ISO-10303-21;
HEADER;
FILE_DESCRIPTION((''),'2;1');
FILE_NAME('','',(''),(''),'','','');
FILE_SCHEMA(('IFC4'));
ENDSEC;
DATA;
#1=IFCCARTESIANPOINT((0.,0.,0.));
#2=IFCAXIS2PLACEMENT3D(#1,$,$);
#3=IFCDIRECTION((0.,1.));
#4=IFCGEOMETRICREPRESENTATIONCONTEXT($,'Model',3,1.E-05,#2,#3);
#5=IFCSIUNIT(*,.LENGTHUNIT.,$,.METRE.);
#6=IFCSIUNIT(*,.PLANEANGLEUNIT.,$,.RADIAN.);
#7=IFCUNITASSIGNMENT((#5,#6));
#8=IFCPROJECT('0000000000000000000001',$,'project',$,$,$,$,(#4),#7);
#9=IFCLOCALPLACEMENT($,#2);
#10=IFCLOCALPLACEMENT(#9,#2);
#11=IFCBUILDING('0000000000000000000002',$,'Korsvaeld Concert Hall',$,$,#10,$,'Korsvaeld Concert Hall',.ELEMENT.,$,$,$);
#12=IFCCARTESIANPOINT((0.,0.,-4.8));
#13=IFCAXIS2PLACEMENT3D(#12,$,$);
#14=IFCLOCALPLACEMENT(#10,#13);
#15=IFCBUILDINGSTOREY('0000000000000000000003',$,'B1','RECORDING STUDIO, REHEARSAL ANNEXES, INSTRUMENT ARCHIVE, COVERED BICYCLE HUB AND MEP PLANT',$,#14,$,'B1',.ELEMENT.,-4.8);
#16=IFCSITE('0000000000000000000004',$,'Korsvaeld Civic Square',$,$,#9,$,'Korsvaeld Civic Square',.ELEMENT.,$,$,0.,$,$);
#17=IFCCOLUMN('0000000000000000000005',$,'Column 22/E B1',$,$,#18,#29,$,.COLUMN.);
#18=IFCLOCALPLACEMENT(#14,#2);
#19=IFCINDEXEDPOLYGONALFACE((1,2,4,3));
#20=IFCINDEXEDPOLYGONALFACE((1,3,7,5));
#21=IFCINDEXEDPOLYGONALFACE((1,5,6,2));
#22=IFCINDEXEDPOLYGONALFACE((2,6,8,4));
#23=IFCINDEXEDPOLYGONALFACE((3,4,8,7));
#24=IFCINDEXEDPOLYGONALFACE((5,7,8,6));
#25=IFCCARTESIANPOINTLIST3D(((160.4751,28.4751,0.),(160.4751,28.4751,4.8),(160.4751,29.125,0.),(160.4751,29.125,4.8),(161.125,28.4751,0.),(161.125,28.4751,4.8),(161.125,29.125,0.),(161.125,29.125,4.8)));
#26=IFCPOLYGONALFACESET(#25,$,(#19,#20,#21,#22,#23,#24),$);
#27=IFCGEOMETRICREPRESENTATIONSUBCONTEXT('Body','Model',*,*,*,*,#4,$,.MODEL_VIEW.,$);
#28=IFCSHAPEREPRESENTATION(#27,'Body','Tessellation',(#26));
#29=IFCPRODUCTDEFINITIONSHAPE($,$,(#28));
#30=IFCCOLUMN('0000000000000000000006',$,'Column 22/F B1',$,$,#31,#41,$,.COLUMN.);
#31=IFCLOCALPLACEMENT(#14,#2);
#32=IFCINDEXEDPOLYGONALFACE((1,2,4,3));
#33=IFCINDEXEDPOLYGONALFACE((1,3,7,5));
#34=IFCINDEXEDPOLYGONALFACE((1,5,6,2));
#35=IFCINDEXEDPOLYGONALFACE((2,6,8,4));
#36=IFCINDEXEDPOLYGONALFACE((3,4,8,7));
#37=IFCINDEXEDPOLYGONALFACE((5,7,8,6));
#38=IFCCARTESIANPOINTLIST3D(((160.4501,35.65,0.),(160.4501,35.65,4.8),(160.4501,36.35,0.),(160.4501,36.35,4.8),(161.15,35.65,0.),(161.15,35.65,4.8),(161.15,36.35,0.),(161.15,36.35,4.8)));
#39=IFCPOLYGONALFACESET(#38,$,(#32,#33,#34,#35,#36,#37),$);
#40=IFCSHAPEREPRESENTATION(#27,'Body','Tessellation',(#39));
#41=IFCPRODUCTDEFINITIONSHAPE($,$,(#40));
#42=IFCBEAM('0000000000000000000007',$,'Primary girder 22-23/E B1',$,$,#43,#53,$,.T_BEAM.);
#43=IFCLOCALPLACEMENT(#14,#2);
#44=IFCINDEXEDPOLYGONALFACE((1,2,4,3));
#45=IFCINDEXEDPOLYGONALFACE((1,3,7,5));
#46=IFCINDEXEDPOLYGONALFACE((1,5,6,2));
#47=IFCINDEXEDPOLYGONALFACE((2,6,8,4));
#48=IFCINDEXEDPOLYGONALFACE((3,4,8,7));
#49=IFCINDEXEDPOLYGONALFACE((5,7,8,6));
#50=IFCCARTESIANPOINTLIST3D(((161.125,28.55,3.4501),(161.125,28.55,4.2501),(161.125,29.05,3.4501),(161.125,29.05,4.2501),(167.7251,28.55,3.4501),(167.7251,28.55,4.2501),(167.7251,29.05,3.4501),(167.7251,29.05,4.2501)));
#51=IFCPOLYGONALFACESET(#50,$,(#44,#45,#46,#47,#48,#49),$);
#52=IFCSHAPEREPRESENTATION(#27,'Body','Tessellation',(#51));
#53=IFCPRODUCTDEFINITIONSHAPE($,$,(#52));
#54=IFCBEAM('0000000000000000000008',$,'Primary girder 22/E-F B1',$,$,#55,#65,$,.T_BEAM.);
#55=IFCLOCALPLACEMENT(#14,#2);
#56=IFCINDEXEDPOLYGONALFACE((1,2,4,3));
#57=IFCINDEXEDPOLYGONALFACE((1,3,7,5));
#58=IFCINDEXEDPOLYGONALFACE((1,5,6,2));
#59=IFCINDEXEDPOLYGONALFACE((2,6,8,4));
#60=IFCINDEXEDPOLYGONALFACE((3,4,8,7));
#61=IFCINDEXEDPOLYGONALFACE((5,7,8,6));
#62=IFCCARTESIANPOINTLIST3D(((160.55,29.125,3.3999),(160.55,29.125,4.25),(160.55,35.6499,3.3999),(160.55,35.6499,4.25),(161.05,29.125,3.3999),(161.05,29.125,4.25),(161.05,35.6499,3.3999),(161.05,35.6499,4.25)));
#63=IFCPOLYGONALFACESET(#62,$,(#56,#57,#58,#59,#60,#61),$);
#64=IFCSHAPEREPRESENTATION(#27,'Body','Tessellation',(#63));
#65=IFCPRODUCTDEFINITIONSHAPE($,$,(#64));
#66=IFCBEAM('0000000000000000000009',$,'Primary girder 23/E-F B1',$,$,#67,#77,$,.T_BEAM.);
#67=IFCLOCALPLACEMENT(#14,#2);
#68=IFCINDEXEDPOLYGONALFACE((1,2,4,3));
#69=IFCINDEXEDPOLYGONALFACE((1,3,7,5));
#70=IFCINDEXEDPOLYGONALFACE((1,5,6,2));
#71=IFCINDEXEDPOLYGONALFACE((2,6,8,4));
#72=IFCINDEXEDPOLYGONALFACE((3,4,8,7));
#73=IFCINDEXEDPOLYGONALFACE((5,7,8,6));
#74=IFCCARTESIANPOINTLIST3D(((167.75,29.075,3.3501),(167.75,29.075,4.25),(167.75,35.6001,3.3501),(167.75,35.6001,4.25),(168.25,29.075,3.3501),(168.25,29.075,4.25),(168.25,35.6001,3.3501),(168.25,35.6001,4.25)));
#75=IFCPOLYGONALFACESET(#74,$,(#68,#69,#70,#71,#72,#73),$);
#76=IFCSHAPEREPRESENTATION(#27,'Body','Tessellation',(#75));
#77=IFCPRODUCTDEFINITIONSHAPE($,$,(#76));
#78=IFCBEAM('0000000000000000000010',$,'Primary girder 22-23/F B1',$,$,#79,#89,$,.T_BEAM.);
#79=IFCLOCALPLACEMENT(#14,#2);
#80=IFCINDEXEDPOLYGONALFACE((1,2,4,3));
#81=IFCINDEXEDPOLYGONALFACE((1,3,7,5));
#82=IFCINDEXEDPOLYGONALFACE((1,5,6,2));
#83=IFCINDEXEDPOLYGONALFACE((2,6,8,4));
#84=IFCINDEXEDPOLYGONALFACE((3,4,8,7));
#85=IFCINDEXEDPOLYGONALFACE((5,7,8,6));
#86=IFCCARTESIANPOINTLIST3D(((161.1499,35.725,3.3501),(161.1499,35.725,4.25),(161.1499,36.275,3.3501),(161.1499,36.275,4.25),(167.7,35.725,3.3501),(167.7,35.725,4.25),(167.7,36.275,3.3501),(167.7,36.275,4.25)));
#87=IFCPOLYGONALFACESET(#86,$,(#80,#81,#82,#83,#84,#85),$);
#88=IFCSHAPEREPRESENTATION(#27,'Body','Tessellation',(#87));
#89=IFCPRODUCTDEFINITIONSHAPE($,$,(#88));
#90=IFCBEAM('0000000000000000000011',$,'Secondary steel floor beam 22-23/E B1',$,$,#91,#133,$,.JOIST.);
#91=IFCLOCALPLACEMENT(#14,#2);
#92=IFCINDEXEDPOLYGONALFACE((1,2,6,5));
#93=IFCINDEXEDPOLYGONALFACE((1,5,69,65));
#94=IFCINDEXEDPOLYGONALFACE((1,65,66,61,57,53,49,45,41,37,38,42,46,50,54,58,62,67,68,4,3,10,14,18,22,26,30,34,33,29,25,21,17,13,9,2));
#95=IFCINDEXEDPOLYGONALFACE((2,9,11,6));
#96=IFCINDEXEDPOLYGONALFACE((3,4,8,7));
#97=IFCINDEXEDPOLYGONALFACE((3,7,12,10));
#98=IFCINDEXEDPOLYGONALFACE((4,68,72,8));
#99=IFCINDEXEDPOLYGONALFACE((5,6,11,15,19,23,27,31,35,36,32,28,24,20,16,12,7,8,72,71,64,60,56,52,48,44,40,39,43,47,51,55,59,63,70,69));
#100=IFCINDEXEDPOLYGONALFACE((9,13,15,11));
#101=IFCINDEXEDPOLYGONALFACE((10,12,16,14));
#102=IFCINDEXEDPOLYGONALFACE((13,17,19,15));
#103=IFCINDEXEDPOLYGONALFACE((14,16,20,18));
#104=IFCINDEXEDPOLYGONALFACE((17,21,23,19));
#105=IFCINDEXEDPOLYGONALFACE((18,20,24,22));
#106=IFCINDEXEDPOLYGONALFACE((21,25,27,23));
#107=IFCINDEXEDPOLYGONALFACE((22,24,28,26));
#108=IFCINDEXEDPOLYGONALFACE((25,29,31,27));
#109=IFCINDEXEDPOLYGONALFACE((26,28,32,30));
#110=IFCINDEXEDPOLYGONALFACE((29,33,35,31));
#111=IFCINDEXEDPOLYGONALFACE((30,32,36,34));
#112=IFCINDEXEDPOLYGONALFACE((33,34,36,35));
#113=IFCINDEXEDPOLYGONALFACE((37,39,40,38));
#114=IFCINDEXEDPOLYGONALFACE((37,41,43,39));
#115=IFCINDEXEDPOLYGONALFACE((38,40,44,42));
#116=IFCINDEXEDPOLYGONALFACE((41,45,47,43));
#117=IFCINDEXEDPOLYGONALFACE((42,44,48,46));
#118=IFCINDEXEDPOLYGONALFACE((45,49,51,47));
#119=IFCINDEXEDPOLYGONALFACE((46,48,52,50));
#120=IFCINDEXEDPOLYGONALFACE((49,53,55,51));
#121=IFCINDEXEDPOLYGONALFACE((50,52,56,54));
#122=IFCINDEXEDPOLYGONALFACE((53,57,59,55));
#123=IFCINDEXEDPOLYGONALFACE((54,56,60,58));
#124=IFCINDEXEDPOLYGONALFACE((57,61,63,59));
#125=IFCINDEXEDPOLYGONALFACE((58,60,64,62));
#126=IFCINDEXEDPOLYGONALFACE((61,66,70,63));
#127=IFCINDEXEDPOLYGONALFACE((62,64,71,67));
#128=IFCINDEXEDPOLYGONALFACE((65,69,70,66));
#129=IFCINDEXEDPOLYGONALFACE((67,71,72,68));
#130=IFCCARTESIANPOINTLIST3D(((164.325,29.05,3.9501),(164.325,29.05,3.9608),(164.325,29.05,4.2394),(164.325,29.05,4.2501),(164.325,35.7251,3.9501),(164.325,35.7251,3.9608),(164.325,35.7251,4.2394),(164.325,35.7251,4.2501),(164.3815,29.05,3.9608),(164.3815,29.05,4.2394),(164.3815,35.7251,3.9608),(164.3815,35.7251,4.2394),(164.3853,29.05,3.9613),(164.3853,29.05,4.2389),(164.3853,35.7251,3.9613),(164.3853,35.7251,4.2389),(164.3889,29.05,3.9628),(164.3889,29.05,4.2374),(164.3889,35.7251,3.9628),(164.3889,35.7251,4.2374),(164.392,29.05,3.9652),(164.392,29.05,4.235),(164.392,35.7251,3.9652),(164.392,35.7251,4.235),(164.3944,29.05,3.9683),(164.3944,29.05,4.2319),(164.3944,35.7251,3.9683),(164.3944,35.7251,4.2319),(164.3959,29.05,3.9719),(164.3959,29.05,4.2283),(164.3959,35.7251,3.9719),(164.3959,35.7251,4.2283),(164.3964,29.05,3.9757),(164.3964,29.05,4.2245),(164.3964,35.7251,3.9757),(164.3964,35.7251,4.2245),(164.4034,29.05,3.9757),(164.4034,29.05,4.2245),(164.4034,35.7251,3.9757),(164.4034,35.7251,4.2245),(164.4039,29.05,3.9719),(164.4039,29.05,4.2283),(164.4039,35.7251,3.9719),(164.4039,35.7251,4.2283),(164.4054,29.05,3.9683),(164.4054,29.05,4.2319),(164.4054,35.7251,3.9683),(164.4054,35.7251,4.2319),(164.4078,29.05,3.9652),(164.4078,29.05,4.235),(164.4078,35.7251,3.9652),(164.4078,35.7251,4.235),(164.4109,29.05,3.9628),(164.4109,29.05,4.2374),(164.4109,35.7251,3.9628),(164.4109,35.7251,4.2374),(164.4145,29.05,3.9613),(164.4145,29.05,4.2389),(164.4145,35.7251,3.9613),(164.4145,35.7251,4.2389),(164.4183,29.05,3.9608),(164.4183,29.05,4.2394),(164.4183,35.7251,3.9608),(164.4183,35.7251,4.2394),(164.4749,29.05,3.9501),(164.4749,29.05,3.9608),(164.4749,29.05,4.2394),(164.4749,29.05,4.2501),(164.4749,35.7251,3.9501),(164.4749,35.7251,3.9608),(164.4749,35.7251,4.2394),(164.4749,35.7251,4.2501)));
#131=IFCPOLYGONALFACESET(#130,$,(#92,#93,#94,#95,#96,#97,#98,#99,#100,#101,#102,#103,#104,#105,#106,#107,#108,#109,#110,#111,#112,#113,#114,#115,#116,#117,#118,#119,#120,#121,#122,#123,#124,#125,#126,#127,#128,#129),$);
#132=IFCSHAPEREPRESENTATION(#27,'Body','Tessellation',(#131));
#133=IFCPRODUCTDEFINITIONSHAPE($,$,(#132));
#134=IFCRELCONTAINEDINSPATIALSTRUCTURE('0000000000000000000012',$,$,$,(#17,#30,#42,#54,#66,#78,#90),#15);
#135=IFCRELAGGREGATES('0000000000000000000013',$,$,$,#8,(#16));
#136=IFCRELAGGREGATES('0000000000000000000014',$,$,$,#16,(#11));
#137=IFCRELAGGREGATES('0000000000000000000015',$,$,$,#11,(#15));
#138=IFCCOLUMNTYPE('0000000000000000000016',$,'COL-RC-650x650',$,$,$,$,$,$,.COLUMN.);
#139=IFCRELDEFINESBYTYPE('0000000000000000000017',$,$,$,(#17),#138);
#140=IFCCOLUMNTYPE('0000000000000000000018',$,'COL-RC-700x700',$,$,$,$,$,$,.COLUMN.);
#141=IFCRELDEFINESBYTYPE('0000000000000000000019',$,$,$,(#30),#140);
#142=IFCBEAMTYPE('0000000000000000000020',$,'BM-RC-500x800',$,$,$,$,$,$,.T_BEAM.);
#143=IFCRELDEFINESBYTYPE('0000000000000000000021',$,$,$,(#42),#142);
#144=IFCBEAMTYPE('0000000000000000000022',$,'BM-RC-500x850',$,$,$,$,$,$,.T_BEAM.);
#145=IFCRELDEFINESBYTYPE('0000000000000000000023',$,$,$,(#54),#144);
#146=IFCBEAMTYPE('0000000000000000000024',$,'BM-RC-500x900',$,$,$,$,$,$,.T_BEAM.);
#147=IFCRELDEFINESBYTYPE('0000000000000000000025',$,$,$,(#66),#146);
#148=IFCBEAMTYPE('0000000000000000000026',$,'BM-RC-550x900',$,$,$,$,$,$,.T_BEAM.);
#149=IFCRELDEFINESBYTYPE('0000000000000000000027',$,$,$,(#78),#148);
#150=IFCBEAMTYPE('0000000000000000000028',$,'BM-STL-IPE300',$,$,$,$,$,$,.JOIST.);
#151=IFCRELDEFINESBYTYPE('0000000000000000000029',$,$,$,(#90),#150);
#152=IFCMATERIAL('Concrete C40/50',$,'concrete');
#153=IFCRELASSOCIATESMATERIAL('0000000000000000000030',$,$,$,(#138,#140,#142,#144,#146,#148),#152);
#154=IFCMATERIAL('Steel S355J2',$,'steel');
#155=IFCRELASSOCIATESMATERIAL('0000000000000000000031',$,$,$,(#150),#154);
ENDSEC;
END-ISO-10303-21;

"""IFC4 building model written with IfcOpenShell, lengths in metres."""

from ifc_helpers import new_model, si_unit, direction, frame, origin, origin_2d, place, context, subcontext, project, spatial, rectangle, i_section, extrude, material, material_profile, profile_set, type_object, element, save


model = new_model("IFC4")

# Units and contexts
model_context = context("Model", 3, precision=1e-05, world=origin(), true_north=direction((0.0, 1.0)))
body_context = subcontext(model_context, "Body", "Model", "MODEL_VIEW")
ifc_project = project(units=[si_unit("LENGTHUNIT", "METRE"), si_unit("PLANEANGLEUNIT", "RADIAN")], contexts=[model_context])

# Site, building, storey
site_placement = place(None, origin())
site = spatial("IfcSite", under=ifc_project, at=site_placement, Name="Korsvaeld Civic Square", LongName="Korsvaeld Civic Square", CompositionType="ELEMENT", RefElevation=0.0)
building_placement = place(site_placement, origin())
building = spatial("IfcBuilding", under=site, at=building_placement, Name="Korsvaeld Concert Hall", LongName="Korsvaeld Concert Hall", CompositionType="ELEMENT")
storey_placement = place(building_placement, frame((0.0, 0.0, -4.8)))
storey = spatial("IfcBuildingStorey", under=building, at=storey_placement, Name="B1", Description="RECORDING STUDIO, REHEARSAL ANNEXES, INSTRUMENT ARCHIVE, COVERED BICYCLE HUB AND MEP PLANT", LongName="B1", CompositionType="ELEMENT", Elevation=-4.8)

# Columns
ifc_material_1 = material(Name="Concrete C40/50", Category="concrete")
ifc_material_profile_1 = material_profile(ifc_material_1, rectangle(XDim=0.6499, YDim=0.6499, at=origin_2d()), Name="RC 650x650")
ifc_profile_set_1 = profile_set([ifc_material_profile_1], Name="Concrete C40/50")
column_type_1 = type_object("IfcColumnType", Name="COL-RC-650x650", PredefinedType="COLUMN", material=ifc_profile_set_1)
column_1_placement = place(storey_placement, frame((160.8, 28.8, 0.0), z_axis=(0.0, 0.0, 1.0), x_axis=(1.0, 0.0, 0.0)))
element("IfcColumn", 1, at=column_1_placement, inside=storey, type_object=column_type_1, Name="Column 22/E B1", PredefinedType="COLUMN", context=body_context, shape_type="SweptSolid", body=[
    extrude(rectangle(XDim=0.6499, YDim=0.6499, at=origin_2d()), origin(), (0.0, 0.0, 1.0), 4.8),
])
ifc_material_profile_2 = material_profile(ifc_material_1, rectangle(XDim=0.7, YDim=0.7, at=origin_2d()), Name="RC 700x700")
ifc_profile_set_2 = profile_set([ifc_material_profile_2], Name="Concrete C40/50")
column_type_2 = type_object("IfcColumnType", Name="COL-RC-700x700", PredefinedType="COLUMN", material=ifc_profile_set_2)
column_2_placement = place(storey_placement, frame((160.8, 36.0, 0.0), z_axis=(0.0, 0.0, 1.0), x_axis=(1.0, 0.0, 0.0)))
element("IfcColumn", 2, at=column_2_placement, inside=storey, type_object=column_type_2, Name="Column 22/F B1", PredefinedType="COLUMN", context=body_context, shape_type="SweptSolid", body=[
    extrude(rectangle(XDim=0.7, YDim=0.7, at=origin_2d()), origin(), (0.0, 0.0, 1.0), 4.8),
])

# Beams
ifc_material_profile_3 = material_profile(ifc_material_1, rectangle(XDim=0.5, YDim=0.8, at=origin_2d()), Name="RC 500x800")
ifc_profile_set_3 = profile_set([ifc_material_profile_3], Name="Concrete C40/50")
beam_type_1 = type_object("IfcBeamType", Name="BM-RC-500x800", PredefinedType="T_BEAM", material=ifc_profile_set_3)
beam_1_placement = place(storey_placement, frame((161.125, 28.8, 3.8501), z_axis=(1.0, 0.0, 0.0), x_axis=(0.0, 1.0, 0.0)))
element("IfcBeam", 3, at=beam_1_placement, inside=storey, type_object=beam_type_1, Name="Primary girder 22-23/E B1", PredefinedType="T_BEAM", context=body_context, shape_type="SweptSolid", body=[
    extrude(rectangle(XDim=0.5, YDim=0.8, at=origin_2d()), origin(), (0.0, 0.0, 1.0), 6.6001),
])
ifc_material_profile_4 = material_profile(ifc_material_1, rectangle(XDim=0.5, YDim=0.8501, at=origin_2d()), Name="RC 500x850")
ifc_profile_set_4 = profile_set([ifc_material_profile_4], Name="Concrete C40/50")
beam_type_2 = type_object("IfcBeamType", Name="BM-RC-500x850", PredefinedType="T_BEAM", material=ifc_profile_set_4)
beam_2_placement = place(storey_placement, frame((160.8, 29.125, 3.825), z_axis=(0.0, 1.0, 0.0), x_axis=(-1.0, 0.0, 0.0)))
element("IfcBeam", 4, at=beam_2_placement, inside=storey, type_object=beam_type_2, Name="Primary girder 22/E-F B1", PredefinedType="T_BEAM", context=body_context, shape_type="SweptSolid", body=[
    extrude(rectangle(XDim=0.5, YDim=0.8501, at=origin_2d()), origin(), (0.0, 0.0, 1.0), 6.5249),
])
ifc_material_profile_5 = material_profile(ifc_material_1, rectangle(XDim=0.5, YDim=0.8999, at=origin_2d()), Name="RC 500x900")
ifc_profile_set_5 = profile_set([ifc_material_profile_5], Name="Concrete C40/50")
beam_type_3 = type_object("IfcBeamType", Name="BM-RC-500x900", PredefinedType="T_BEAM", material=ifc_profile_set_5)
beam_3_placement = place(storey_placement, frame((168.0, 29.075, 3.8), z_axis=(0.0, 1.0, 0.0), x_axis=(-1.0, 0.0, 0.0)))
element("IfcBeam", 5, at=beam_3_placement, inside=storey, type_object=beam_type_3, Name="Primary girder 23/E-F B1", PredefinedType="T_BEAM", context=body_context, shape_type="SweptSolid", body=[
    extrude(rectangle(XDim=0.5, YDim=0.8999, at=origin_2d()), origin(), (0.0, 0.0, 1.0), 6.5251),
])
ifc_material_profile_6 = material_profile(ifc_material_1, rectangle(XDim=0.55, YDim=0.8999, at=origin_2d()), Name="RC 550x900")
ifc_profile_set_6 = profile_set([ifc_material_profile_6], Name="Concrete C40/50")
beam_type_4 = type_object("IfcBeamType", Name="BM-RC-550x900", PredefinedType="T_BEAM", material=ifc_profile_set_6)
beam_4_placement = place(storey_placement, frame((161.1499, 36.0, 3.8), z_axis=(1.0, 0.0, 0.0), x_axis=(0.0, 1.0, 0.0)))
element("IfcBeam", 6, at=beam_4_placement, inside=storey, type_object=beam_type_4, Name="Primary girder 22-23/F B1", PredefinedType="T_BEAM", context=body_context, shape_type="SweptSolid", body=[
    extrude(rectangle(XDim=0.55, YDim=0.8999, at=origin_2d()), origin(), (0.0, 0.0, 1.0), 6.55),
])
ifc_material_2 = material(Name="Steel S355J2", Category="steel")
ifc_material_profile_7 = material_profile(ifc_material_2, i_section(OverallWidth=0.1499, OverallDepth=0.3, WebThickness=0.0071, FlangeThickness=0.0107, FilletRadius=0.0149, at=origin_2d()), Name="IPE 300")
ifc_profile_set_7 = profile_set([ifc_material_profile_7], Name="Steel S355J2")
beam_type_5 = type_object("IfcBeamType", Name="BM-STL-IPE300", PredefinedType="JOIST", material=ifc_profile_set_7)
beam_5_placement = place(storey_placement, frame((164.3999, 29.05, 4.1001), z_axis=(0.0, 1.0, 0.0), x_axis=(-1.0, 0.0, 0.0)))
element("IfcBeam", 7, at=beam_5_placement, inside=storey, type_object=beam_type_5, Name="Secondary steel floor beam 22-23/E B1", PredefinedType="JOIST", context=body_context, shape_type="SweptSolid", body=[
    extrude(i_section(OverallWidth=0.1499, OverallDepth=0.3, WebThickness=0.0071, FlangeThickness=0.0107, FilletRadius=0.0149, at=origin_2d()), origin(), (0.0, 0.0, 1.0), 6.675),
])

save(model, "model.ifc")
